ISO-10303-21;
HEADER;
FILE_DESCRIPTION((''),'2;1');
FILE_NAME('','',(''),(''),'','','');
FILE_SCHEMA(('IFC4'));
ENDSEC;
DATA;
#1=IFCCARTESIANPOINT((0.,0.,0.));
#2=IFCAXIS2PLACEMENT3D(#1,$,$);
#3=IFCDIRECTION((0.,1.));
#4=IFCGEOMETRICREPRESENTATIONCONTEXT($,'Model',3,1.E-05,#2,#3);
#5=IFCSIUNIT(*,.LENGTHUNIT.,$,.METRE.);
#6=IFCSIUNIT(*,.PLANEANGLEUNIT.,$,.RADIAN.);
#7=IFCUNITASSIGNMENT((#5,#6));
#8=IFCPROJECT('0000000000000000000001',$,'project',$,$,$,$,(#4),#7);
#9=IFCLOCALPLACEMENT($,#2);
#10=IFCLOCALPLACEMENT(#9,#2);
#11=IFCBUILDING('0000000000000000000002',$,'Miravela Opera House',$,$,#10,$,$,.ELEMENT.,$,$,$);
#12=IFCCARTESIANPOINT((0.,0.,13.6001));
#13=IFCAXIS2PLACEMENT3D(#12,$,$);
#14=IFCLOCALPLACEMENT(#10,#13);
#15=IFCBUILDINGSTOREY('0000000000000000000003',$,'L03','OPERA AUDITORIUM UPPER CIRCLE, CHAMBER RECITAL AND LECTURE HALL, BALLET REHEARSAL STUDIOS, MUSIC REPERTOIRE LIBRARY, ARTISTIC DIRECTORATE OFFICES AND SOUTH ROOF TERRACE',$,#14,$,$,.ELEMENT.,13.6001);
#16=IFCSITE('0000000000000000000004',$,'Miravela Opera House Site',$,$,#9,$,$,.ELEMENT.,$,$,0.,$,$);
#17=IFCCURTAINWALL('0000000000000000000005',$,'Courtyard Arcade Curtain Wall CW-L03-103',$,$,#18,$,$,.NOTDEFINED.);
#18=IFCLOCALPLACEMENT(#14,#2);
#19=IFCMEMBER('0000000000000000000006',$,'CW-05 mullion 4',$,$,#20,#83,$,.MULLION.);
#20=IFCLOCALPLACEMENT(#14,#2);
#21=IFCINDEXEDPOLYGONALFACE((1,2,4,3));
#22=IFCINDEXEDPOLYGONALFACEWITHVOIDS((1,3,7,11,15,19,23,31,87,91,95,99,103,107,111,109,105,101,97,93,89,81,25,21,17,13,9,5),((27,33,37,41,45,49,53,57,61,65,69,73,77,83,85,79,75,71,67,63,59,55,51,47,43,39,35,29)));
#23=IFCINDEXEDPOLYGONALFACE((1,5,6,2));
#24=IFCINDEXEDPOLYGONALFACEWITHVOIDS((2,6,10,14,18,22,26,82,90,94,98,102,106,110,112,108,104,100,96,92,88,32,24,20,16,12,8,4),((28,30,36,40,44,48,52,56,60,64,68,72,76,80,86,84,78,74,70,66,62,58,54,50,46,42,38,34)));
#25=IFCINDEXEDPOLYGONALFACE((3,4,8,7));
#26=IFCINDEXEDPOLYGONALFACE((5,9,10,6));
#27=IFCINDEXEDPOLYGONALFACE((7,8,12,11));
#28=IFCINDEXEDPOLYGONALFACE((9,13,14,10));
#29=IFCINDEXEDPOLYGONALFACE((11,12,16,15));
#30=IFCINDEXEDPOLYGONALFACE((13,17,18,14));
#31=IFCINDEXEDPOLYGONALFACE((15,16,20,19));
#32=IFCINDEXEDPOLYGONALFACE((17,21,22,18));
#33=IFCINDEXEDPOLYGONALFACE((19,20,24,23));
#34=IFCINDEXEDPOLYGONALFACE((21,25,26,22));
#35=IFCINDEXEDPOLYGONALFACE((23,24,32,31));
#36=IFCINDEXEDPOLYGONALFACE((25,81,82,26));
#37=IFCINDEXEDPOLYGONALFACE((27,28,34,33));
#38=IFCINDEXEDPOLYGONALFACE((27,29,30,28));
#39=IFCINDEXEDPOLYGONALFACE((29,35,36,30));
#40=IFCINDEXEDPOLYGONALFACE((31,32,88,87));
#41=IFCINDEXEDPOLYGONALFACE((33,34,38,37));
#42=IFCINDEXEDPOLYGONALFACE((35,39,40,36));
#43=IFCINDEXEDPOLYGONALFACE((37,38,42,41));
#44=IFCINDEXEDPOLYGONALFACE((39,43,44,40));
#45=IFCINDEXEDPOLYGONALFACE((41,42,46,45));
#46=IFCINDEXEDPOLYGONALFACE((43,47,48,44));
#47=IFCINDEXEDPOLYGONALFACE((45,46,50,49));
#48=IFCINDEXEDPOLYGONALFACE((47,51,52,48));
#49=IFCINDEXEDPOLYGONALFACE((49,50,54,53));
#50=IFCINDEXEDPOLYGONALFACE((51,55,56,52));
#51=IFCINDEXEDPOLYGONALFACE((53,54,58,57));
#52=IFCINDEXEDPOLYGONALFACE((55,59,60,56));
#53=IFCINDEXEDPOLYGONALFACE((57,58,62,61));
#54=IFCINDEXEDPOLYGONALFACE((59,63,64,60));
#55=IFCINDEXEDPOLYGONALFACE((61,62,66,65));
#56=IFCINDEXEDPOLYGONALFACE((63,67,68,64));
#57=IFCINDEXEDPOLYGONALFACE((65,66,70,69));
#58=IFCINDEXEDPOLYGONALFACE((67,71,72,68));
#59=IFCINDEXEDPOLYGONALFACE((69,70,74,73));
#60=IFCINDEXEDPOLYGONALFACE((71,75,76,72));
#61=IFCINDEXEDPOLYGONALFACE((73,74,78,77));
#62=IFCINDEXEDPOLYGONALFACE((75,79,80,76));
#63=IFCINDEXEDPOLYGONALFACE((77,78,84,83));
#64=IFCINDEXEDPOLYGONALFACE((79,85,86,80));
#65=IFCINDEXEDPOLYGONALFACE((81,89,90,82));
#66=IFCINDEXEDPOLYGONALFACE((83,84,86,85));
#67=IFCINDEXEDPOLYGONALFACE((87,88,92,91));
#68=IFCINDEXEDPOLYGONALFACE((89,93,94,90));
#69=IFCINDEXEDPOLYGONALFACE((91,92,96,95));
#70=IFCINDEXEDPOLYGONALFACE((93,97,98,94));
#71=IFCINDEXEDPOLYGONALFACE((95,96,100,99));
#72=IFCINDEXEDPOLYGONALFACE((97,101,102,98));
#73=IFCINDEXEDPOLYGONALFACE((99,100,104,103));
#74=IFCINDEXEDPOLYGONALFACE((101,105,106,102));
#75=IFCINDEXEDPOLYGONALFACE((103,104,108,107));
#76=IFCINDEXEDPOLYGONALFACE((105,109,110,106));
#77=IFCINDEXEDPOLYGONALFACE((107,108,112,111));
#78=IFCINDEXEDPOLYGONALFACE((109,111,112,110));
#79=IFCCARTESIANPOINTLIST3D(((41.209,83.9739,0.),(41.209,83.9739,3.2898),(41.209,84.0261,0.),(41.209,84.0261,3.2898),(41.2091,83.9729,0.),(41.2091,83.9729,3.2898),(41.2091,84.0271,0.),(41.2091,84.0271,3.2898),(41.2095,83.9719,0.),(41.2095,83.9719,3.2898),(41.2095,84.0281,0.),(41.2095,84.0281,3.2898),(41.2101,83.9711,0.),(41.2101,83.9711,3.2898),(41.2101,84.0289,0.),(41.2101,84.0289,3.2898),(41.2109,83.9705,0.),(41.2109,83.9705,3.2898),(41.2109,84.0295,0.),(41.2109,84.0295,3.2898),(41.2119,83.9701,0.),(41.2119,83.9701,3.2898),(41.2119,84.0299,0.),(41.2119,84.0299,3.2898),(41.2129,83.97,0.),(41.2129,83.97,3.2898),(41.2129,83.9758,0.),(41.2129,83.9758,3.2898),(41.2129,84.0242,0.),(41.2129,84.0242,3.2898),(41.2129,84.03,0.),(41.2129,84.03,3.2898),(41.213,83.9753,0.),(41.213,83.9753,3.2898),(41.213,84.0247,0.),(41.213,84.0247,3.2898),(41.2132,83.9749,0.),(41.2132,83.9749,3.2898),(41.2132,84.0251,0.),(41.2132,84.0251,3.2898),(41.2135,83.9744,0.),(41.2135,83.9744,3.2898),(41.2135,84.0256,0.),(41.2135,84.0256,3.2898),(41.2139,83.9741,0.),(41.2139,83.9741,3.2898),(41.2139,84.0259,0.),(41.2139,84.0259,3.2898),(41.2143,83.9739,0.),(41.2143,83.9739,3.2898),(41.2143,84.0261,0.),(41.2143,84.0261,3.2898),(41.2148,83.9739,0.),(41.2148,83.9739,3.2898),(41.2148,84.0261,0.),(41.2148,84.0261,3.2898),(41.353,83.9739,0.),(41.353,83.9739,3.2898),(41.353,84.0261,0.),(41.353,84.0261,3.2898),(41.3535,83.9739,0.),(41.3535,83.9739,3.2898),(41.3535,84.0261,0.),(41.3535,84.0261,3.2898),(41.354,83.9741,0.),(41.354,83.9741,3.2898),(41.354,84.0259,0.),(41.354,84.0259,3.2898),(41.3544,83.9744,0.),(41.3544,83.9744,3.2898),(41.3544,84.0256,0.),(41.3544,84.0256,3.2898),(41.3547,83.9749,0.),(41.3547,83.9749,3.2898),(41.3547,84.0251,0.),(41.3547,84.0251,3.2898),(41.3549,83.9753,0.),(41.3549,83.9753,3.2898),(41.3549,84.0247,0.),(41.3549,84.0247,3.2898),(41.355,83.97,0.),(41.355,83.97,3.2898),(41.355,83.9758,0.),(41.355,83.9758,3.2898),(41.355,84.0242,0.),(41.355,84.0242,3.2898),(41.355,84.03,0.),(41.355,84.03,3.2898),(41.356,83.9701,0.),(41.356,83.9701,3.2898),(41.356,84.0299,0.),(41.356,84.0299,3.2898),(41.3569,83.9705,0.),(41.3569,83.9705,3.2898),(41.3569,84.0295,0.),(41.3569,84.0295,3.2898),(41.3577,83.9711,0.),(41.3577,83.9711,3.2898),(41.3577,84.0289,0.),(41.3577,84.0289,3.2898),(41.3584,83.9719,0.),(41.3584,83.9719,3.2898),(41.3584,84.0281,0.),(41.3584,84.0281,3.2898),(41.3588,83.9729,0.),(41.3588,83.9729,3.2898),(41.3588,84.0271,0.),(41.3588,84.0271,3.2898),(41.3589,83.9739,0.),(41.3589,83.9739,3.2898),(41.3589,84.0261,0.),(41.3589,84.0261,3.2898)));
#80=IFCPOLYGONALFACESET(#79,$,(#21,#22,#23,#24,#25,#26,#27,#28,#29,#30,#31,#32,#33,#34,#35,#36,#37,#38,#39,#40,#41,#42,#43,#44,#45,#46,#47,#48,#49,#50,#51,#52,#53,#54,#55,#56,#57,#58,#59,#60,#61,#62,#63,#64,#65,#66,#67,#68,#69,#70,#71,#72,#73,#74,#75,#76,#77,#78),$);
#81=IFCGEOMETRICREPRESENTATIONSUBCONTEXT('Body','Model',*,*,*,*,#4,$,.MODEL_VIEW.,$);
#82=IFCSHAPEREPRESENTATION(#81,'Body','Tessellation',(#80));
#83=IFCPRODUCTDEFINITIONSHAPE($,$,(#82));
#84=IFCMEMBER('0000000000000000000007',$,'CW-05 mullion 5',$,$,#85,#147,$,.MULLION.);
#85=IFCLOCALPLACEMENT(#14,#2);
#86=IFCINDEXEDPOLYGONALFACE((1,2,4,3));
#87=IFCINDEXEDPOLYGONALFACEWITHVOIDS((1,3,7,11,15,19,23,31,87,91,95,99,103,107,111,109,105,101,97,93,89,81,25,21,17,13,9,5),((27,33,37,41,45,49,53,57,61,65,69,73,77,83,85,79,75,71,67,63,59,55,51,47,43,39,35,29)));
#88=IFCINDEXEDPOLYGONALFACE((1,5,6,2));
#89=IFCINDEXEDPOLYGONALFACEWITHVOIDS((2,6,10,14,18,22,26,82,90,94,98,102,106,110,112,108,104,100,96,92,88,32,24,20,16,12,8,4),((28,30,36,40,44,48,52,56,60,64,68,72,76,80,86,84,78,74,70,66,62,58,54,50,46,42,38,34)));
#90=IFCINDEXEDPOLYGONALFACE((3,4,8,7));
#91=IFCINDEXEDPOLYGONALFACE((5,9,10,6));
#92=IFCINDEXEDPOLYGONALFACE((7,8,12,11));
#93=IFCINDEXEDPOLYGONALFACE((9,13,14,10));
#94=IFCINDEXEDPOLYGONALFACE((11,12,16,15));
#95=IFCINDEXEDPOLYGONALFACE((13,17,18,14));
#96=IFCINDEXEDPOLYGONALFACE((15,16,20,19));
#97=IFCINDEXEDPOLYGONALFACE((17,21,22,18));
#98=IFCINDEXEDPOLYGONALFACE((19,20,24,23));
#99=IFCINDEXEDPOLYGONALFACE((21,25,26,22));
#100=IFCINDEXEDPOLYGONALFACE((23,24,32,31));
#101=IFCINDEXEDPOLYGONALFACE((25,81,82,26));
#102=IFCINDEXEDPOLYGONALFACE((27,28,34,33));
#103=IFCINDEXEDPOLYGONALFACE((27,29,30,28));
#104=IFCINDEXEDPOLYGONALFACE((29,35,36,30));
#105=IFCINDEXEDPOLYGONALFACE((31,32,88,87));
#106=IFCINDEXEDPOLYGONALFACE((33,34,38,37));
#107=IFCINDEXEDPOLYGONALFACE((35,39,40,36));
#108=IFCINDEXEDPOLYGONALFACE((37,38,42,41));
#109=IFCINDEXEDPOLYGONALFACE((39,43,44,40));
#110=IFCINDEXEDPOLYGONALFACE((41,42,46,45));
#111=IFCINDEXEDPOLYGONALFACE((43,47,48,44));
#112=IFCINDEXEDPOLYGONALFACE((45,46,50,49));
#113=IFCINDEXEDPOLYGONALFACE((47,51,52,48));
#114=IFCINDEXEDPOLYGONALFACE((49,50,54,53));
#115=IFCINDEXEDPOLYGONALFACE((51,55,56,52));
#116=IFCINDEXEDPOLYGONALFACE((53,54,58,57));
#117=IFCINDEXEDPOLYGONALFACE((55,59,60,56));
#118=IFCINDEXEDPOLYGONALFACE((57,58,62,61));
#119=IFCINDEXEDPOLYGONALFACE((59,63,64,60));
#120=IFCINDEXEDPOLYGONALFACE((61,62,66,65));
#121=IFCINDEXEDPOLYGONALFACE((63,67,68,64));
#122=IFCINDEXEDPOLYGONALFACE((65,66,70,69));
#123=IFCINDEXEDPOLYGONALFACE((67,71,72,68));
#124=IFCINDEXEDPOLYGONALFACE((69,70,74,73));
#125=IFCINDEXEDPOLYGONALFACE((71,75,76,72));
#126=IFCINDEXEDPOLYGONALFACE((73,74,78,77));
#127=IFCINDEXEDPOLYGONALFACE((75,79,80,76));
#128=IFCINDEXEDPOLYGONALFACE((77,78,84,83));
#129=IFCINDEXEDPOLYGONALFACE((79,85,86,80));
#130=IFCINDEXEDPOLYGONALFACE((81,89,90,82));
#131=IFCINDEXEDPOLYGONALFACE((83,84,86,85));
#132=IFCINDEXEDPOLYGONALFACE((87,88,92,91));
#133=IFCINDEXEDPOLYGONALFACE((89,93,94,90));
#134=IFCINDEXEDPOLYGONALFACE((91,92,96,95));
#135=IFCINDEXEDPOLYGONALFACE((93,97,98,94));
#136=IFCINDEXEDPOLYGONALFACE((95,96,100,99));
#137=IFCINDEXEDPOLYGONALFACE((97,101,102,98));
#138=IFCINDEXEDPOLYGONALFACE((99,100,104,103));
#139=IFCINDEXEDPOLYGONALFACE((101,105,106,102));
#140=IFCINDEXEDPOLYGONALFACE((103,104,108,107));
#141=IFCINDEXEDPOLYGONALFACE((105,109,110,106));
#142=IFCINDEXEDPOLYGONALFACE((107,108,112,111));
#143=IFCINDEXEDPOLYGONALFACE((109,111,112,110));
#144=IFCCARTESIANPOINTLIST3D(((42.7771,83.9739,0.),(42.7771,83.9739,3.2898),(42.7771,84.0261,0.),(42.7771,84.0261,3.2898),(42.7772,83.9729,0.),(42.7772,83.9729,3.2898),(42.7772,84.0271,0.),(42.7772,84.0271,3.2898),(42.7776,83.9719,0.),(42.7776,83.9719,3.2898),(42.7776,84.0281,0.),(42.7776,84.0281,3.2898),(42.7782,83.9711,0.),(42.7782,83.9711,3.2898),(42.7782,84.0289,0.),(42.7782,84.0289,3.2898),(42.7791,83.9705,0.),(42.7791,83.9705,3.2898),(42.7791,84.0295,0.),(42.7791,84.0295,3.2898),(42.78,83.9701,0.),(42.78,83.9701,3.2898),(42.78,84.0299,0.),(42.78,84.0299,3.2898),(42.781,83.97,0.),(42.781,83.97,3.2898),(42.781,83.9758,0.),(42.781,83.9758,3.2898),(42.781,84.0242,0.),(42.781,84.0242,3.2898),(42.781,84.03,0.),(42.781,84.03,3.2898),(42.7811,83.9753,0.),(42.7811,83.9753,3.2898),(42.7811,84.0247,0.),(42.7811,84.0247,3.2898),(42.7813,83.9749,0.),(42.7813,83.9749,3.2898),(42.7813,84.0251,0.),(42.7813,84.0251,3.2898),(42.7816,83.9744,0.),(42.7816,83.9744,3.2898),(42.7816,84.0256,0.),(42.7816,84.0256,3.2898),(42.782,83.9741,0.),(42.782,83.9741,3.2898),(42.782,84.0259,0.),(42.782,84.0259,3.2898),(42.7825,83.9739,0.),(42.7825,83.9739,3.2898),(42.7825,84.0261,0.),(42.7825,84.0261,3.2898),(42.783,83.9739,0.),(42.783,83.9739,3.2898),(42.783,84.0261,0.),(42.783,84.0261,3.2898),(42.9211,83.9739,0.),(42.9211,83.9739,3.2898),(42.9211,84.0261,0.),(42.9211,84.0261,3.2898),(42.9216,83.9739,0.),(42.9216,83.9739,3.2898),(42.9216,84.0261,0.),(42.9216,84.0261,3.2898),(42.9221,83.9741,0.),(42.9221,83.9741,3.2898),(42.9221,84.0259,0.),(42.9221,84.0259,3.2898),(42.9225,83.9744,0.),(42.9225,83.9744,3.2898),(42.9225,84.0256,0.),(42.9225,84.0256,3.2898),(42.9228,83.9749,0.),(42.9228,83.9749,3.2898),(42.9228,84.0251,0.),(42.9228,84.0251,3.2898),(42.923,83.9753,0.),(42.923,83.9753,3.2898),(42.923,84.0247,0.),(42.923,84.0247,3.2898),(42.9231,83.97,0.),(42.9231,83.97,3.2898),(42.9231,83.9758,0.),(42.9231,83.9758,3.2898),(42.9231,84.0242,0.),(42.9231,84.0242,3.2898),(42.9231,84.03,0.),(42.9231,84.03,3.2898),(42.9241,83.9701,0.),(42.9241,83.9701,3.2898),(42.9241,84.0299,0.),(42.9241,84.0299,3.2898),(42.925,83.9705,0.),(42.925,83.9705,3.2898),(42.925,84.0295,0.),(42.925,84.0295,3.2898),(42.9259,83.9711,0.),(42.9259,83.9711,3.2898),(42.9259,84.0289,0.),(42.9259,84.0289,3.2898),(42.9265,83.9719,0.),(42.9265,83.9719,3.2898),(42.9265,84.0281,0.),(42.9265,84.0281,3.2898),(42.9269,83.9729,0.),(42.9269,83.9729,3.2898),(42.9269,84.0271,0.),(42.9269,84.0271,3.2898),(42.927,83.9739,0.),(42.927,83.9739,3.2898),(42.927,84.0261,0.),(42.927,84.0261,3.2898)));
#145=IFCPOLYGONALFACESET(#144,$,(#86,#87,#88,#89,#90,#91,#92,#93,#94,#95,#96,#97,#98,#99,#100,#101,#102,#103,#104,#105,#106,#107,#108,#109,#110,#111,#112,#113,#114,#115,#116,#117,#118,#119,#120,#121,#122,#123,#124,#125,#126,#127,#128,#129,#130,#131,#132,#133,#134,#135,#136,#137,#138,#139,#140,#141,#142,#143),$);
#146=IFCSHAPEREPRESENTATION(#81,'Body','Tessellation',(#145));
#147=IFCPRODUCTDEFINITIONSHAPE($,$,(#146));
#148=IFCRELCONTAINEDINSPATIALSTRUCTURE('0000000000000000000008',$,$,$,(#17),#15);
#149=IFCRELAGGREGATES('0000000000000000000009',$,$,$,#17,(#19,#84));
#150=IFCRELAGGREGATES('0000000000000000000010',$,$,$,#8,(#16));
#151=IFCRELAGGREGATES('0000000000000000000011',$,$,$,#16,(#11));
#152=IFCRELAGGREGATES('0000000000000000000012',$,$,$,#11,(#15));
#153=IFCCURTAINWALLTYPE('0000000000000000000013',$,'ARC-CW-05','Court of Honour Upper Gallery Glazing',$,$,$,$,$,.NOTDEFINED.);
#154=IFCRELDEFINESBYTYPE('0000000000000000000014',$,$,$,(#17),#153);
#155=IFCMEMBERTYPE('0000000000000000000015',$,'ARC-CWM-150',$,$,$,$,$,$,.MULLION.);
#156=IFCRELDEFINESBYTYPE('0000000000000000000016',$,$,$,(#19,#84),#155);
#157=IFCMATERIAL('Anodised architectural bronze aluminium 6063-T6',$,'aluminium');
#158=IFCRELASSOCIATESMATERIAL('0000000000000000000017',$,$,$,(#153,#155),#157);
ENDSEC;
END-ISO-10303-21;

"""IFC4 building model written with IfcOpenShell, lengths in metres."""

from ifc_helpers import new_model, si_unit, direction, frame, origin, origin_2d, place, context, subcontext, project, spatial, hollow_rectangle, extrude, material, material_profile, profile_set, type_object, element, aggregate, save


model = new_model("IFC4")

# Units and contexts
model_context = context("Model", 3, precision=1e-05, world=origin(), true_north=direction((0.0, 1.0)))
body_context = subcontext(model_context, "Body", "Model", "MODEL_VIEW")
ifc_project = project(units=[si_unit("LENGTHUNIT", "METRE"), si_unit("PLANEANGLEUNIT", "RADIAN")], contexts=[model_context])

# Site, building, storey
site_placement = place(None, origin())
site = spatial("IfcSite", under=ifc_project, at=site_placement, Name="Miravela Opera House Site", CompositionType="ELEMENT", RefElevation=0.0)
building_placement = place(site_placement, origin())
building = spatial("IfcBuilding", under=site, at=building_placement, Name="Miravela Opera House", CompositionType="ELEMENT")
storey_placement = place(building_placement, frame((0.0, 0.0, 13.6001)))
storey = spatial("IfcBuildingStorey", under=building, at=storey_placement, Name="L03", Description="OPERA AUDITORIUM UPPER CIRCLE, CHAMBER RECITAL AND LECTURE HALL, BALLET REHEARSAL STUDIOS, MUSIC REPERTOIRE LIBRARY, ARTISTIC DIRECTORATE OFFICES AND SOUTH ROOF TERRACE", CompositionType="ELEMENT", Elevation=13.6001)

# Curtain wall, members
ifc_material_1 = material(Name="Anodised architectural bronze aluminium 6063-T6", Category="aluminium")
curtain_wall_type = type_object("IfcCurtainWallType", Name="ARC-CW-05", Description="Court of Honour Upper Gallery Glazing", PredefinedType="NOTDEFINED", material=ifc_material_1)
curtain_wall_placement = place(storey_placement, origin())
curtain_wall = element("IfcCurtainWall", 1, at=curtain_wall_placement, inside=storey, type_object=curtain_wall_type, Name="Courtyard Arcade Curtain Wall CW-L03-103", PredefinedType="NOTDEFINED")
ifc_material_profile_1 = material_profile(ifc_material_1, hollow_rectangle(XDim=0.0601, YDim=0.1499, WallThickness=0.0039, InnerFilletRadius=0.002, OuterFilletRadius=0.0039, at=origin_2d()), Name="CWM-60X150")
ifc_profile_set_1 = profile_set([ifc_material_profile_1])
member_type_1 = type_object("IfcMemberType", Name="ARC-CWM-150", PredefinedType="MULLION", material=ifc_profile_set_1)
member_1_placement = place(storey_placement, frame((41.2839, 84.0, 0.0), z_axis=(0.0, 0.0, 1.0), x_axis=(0.0, 1.0, 0.0)))
member_1 = element("IfcMember", 2, at=member_1_placement, type_object=member_type_1, Name="CW-05 mullion 4", PredefinedType="MULLION", context=body_context, shape_type="SweptSolid", body=[
    extrude(hollow_rectangle(XDim=0.0601, YDim=0.1499, WallThickness=0.0039, InnerFilletRadius=0.002, OuterFilletRadius=0.0039, at=origin_2d()), origin(), (0.0, 0.0, 1.0), 3.2898),
])
member_2_placement = place(storey_placement, frame((42.8521, 84.0, 0.0), z_axis=(0.0, 0.0, 1.0), x_axis=(0.0, 1.0, 0.0)))
member_2 = element("IfcMember", 3, at=member_2_placement, type_object=member_type_1, Name="CW-05 mullion 5", PredefinedType="MULLION", context=body_context, shape_type="SweptSolid", body=[
    extrude(hollow_rectangle(XDim=0.0601, YDim=0.1499, WallThickness=0.0039, InnerFilletRadius=0.002, OuterFilletRadius=0.0039, at=origin_2d()), origin(), (0.0, 0.0, 1.0), 3.2898),
])
aggregate(curtain_wall, [member_1, member_2])

save(model, "model.ifc")
